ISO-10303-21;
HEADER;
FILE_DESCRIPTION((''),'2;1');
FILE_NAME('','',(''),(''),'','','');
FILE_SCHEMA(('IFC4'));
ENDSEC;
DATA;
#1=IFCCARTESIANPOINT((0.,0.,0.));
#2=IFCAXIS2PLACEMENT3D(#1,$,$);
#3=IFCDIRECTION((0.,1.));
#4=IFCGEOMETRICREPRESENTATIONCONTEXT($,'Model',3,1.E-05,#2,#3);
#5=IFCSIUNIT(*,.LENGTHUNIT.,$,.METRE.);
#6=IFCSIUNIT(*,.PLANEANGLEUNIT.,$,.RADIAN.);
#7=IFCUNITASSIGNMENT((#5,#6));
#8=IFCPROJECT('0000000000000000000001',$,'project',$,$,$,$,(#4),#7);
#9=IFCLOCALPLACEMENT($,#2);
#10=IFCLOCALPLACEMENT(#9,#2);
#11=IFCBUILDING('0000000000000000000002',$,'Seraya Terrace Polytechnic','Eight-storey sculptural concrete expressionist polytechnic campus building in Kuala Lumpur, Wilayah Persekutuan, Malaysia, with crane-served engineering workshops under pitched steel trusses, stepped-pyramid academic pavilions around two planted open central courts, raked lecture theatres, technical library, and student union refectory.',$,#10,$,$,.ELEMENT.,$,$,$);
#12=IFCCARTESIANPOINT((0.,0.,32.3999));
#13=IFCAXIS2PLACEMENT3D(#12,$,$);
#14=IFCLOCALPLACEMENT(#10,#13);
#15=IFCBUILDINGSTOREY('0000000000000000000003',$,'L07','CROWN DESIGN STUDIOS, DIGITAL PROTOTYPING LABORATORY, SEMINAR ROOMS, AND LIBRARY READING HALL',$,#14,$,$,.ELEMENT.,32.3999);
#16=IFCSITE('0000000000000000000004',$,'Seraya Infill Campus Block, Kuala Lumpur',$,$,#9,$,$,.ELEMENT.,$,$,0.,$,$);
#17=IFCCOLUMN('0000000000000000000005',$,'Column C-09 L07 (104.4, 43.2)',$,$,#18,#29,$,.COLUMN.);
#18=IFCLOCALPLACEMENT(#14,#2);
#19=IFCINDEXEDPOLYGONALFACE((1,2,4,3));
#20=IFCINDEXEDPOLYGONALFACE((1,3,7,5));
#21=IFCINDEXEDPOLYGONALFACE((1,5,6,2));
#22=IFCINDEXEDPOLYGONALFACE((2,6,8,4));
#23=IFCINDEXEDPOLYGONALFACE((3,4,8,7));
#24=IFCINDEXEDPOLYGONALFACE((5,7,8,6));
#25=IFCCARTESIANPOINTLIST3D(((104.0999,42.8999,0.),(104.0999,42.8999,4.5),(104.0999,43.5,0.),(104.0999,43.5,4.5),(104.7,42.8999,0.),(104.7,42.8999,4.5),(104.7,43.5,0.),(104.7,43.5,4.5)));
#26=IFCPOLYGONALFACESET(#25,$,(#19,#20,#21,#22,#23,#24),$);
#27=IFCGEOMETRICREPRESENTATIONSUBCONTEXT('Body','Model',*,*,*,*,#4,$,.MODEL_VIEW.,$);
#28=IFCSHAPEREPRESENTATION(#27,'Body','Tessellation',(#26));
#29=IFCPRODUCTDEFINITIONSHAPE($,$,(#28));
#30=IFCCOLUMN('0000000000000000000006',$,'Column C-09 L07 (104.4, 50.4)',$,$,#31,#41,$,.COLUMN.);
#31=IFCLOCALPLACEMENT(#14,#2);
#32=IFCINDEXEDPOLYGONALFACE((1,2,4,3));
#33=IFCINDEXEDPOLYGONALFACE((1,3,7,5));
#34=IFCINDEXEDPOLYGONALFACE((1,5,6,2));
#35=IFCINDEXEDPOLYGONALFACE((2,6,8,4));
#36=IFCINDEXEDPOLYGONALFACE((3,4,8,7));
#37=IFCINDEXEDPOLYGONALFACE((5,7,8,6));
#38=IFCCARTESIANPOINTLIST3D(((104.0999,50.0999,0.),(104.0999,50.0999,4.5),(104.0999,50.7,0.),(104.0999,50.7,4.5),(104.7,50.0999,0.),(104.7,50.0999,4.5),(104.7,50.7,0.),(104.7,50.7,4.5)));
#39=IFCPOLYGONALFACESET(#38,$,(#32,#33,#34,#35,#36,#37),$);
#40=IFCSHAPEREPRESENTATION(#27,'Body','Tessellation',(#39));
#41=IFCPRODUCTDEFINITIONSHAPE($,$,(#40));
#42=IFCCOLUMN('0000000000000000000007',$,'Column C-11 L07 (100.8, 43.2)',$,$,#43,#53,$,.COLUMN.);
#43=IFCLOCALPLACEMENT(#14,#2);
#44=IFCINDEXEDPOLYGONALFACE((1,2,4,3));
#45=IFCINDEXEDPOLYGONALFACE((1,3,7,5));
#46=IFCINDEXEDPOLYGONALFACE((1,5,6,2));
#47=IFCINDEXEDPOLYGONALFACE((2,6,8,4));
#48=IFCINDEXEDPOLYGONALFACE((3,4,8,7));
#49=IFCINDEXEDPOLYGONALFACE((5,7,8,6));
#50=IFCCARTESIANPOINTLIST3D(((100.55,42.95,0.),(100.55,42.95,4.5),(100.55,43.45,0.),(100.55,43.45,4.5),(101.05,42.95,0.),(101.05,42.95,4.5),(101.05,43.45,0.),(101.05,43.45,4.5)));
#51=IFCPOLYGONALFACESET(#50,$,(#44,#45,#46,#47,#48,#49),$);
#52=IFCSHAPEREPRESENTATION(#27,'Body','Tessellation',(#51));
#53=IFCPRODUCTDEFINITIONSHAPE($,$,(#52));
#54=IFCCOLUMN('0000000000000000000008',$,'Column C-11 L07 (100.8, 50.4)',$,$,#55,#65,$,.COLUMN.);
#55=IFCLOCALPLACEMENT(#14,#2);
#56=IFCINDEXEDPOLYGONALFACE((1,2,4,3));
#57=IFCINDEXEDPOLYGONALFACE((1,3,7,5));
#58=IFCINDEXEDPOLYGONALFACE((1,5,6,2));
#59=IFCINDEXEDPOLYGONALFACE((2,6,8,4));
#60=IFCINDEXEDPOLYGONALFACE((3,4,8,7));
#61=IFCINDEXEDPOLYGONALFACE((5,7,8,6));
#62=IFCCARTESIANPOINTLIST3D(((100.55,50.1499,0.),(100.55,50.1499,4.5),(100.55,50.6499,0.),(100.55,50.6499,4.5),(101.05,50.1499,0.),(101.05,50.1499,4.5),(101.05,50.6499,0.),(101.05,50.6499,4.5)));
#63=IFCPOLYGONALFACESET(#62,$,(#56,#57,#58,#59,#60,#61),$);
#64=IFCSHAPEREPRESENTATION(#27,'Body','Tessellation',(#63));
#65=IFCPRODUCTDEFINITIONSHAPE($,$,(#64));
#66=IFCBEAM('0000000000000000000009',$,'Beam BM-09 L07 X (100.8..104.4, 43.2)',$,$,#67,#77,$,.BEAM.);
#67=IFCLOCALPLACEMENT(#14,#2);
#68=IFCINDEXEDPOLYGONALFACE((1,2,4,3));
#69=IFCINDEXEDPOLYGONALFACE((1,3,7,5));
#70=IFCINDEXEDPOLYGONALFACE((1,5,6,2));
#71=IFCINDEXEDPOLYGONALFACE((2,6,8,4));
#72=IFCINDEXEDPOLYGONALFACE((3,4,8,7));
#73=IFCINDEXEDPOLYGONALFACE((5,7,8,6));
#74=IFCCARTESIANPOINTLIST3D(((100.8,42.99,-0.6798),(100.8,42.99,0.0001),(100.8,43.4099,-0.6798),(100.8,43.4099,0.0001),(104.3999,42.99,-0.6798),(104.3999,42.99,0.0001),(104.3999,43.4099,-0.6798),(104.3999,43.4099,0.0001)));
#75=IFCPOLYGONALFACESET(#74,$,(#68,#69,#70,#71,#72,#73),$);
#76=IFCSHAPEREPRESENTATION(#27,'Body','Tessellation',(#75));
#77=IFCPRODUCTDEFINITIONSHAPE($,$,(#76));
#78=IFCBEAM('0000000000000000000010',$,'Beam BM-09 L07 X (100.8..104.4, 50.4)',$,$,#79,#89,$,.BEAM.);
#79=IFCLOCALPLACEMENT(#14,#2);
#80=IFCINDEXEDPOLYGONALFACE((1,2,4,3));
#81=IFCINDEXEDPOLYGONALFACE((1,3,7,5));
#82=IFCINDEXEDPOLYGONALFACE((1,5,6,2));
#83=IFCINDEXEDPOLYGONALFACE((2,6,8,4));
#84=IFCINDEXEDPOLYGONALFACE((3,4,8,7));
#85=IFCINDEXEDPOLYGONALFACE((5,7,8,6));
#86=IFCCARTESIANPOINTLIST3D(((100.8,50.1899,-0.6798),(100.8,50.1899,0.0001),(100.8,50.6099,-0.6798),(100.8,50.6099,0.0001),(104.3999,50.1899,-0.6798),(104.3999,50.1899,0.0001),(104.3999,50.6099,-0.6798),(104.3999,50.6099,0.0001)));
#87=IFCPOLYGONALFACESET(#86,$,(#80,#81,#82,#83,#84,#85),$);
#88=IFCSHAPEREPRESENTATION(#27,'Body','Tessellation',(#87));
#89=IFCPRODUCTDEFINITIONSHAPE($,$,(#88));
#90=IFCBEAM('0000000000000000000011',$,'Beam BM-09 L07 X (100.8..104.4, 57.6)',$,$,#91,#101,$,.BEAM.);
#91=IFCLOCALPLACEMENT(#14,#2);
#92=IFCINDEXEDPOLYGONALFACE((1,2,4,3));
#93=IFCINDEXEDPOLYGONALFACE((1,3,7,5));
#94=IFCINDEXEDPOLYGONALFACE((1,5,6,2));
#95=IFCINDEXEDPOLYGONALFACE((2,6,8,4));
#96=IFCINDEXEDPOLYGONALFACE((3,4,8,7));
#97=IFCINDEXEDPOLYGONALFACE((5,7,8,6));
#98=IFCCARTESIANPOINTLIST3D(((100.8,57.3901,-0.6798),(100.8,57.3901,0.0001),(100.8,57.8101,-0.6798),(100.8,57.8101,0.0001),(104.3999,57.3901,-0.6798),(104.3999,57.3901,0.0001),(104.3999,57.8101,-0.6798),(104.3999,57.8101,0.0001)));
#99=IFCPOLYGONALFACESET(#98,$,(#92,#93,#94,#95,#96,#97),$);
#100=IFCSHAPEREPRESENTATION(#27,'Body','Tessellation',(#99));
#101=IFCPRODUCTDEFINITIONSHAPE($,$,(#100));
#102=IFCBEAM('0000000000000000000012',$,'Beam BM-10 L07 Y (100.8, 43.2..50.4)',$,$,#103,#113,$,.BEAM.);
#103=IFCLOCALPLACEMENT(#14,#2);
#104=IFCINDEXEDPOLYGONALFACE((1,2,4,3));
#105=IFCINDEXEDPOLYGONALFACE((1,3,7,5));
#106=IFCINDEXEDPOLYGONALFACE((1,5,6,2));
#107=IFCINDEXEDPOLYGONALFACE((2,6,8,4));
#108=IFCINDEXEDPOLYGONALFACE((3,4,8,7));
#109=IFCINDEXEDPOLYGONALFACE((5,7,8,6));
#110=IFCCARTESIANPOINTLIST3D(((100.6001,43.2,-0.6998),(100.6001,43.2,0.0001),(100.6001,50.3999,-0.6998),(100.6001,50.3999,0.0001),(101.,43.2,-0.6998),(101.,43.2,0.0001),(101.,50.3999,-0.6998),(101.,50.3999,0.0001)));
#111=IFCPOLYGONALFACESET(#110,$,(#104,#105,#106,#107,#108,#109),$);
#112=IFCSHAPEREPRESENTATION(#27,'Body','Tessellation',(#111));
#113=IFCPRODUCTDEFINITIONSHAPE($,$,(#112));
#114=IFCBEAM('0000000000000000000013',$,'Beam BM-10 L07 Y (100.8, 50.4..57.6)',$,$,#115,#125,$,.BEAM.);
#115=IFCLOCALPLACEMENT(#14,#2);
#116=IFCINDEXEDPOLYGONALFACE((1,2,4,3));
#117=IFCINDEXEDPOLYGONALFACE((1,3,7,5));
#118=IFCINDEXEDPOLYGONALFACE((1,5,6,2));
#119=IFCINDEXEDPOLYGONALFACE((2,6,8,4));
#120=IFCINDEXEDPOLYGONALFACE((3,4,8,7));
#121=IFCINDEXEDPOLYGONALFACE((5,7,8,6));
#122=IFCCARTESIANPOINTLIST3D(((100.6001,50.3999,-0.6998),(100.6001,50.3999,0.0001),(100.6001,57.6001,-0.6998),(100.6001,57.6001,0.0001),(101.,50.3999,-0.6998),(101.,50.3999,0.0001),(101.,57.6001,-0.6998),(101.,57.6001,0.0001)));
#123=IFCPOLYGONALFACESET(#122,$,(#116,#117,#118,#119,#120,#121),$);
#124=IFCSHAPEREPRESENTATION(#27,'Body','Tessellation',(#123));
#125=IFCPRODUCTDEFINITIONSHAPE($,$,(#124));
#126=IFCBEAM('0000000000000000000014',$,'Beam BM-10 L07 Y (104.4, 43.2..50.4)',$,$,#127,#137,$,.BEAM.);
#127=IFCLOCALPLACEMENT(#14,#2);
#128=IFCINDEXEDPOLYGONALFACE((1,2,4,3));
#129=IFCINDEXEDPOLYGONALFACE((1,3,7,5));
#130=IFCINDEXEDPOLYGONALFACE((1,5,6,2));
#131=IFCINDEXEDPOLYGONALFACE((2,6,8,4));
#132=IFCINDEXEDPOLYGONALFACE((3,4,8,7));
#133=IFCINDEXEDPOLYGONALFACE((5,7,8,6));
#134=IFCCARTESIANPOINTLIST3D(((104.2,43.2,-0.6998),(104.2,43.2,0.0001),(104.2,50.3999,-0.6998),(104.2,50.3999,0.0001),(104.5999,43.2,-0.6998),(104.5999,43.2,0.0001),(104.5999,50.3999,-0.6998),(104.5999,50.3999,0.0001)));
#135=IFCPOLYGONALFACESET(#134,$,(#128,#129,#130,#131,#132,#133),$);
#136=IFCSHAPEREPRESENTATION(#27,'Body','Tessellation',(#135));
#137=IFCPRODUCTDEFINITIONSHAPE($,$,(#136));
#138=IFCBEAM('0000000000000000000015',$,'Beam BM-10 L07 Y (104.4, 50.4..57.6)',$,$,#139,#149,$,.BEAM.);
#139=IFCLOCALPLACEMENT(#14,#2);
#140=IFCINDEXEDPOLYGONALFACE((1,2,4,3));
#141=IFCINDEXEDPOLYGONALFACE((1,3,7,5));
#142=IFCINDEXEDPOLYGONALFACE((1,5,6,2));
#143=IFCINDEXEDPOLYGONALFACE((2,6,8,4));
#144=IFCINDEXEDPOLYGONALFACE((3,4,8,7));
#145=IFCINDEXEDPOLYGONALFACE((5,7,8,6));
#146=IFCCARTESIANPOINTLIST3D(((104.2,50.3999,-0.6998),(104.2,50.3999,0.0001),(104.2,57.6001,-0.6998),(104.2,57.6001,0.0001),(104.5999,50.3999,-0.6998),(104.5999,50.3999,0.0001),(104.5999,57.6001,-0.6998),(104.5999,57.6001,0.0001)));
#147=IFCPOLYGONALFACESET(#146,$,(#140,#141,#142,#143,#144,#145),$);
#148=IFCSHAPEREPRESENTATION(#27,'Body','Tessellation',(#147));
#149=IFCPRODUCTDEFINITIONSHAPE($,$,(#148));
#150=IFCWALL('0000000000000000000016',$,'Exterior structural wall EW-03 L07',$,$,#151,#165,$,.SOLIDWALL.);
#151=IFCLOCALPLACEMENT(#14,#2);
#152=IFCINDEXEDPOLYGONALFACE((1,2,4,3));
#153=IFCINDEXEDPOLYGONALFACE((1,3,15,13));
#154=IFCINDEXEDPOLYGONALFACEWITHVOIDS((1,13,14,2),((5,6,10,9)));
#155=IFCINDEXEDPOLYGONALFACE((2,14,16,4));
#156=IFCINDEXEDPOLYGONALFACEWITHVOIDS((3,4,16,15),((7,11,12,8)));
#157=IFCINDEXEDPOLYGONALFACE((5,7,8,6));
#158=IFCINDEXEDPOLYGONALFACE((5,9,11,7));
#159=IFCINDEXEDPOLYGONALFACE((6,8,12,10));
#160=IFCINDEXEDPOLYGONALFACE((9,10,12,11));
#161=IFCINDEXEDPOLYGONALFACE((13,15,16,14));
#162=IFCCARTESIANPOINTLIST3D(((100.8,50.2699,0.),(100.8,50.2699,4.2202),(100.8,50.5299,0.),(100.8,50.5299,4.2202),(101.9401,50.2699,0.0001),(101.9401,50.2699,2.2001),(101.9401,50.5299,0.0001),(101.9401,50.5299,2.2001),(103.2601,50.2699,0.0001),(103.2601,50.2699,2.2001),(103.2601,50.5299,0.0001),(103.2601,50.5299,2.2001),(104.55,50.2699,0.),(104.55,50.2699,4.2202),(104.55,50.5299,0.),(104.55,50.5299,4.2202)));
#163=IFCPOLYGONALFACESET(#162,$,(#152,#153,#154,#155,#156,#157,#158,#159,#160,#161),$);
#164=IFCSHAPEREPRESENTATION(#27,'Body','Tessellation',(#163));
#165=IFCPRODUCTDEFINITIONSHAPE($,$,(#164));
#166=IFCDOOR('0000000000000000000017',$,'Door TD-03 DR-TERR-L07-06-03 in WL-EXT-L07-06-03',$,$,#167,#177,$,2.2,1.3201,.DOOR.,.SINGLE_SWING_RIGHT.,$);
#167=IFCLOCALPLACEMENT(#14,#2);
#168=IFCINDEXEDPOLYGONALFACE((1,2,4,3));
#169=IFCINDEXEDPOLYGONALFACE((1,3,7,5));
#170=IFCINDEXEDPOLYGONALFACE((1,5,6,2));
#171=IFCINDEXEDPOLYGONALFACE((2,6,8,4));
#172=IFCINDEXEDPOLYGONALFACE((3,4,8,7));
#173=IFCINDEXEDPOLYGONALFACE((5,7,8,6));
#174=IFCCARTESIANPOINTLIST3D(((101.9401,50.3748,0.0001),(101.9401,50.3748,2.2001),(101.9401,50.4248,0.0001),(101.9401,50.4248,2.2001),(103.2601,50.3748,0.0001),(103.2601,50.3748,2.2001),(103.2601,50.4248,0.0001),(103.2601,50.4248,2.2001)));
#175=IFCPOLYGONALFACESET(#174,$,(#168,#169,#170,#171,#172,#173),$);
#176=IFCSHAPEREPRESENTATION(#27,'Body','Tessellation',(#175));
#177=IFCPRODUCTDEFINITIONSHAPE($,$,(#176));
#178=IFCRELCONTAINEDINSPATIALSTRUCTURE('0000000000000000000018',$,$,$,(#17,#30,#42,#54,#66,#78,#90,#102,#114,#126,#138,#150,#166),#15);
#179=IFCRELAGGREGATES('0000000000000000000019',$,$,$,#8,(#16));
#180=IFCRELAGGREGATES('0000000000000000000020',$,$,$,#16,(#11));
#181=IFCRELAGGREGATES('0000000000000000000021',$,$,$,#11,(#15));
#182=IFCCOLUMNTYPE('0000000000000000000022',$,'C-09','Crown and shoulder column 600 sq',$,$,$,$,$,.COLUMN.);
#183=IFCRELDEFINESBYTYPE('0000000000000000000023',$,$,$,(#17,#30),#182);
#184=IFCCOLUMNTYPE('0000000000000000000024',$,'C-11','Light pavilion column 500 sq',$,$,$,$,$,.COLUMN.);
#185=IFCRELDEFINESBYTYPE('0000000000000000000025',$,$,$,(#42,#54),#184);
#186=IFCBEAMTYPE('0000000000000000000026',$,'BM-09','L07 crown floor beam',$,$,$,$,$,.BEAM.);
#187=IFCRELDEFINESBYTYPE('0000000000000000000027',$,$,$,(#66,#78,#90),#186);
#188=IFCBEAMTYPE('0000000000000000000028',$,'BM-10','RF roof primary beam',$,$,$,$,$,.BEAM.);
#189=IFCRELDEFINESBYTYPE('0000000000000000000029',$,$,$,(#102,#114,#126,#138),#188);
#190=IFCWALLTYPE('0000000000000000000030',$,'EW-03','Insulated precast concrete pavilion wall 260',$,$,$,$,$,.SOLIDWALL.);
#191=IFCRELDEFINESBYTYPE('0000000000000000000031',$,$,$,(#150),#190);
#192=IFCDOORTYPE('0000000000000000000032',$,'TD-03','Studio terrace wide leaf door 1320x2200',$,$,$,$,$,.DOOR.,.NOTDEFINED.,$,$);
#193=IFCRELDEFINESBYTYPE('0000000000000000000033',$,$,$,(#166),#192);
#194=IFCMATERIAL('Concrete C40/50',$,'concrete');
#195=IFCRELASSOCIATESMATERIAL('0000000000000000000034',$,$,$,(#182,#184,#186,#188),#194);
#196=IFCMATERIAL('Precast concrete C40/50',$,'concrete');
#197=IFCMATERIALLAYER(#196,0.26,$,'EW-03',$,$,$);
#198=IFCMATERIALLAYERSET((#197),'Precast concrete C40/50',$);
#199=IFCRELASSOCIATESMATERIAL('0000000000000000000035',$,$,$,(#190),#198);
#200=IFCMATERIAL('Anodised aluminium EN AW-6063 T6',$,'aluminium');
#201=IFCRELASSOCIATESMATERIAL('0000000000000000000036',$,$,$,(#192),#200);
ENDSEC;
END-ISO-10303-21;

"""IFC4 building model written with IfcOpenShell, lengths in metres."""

from ifc_helpers import new_model, si_unit, direction, frame, frame_2d, origin, origin_2d, place, context, subcontext, project, spatial, rectangle, extrude, material, layer, layer_set, material_profile, profile_set, type_object, element, fill, save


model = new_model("IFC4")

# Units and contexts
model_context = context("Model", 3, precision=1e-05, world=origin(), true_north=direction((0.0, 1.0)))
body_context = subcontext(model_context, "Body", "Model", "MODEL_VIEW")
ifc_project = project(units=[si_unit("LENGTHUNIT", "METRE"), si_unit("PLANEANGLEUNIT", "RADIAN")], contexts=[model_context])

# Site, building, storey
site_placement = place(None, origin())
site = spatial("IfcSite", under=ifc_project, at=site_placement, Name="Seraya Infill Campus Block, Kuala Lumpur", CompositionType="ELEMENT", RefElevation=0.0)
building_placement = place(site_placement, origin())
building = spatial("IfcBuilding", under=site, at=building_placement, Name="Seraya Terrace Polytechnic", Description="Eight-storey sculptural concrete expressionist polytechnic campus building in Kuala Lumpur, Wilayah Persekutuan, Malaysia, with crane-served engineering workshops under pitched steel trusses, stepped-pyramid academic pavilions around two planted open central courts, raked lecture theatres, technical library, and student union refectory.", CompositionType="ELEMENT")
storey_placement = place(building_placement, frame((0.0, 0.0, 32.3999)))
storey = spatial("IfcBuildingStorey", under=building, at=storey_placement, Name="L07", Description="CROWN DESIGN STUDIOS, DIGITAL PROTOTYPING LABORATORY, SEMINAR ROOMS, AND LIBRARY READING HALL", CompositionType="ELEMENT", Elevation=32.3999)

# Columns
ifc_material_1 = material(Name="Concrete C40/50", Category="concrete")
ifc_material_profile_1 = material_profile(ifc_material_1, rectangle(XDim=0.6001, YDim=0.6001, at=origin_2d()), Name="RC 600x600")
ifc_profile_set_1 = profile_set([ifc_material_profile_1], Name="Concrete C40/50")
column_type_1 = type_object("IfcColumnType", Name="C-09", Description="Crown and shoulder column 600 sq", PredefinedType="COLUMN", material=ifc_profile_set_1)
for number, where, z_axis, x_axis, name in (
    (1, (104.3999, 43.2, 0.0), (0.0, 0.0, 1.0), (1.0, 0.0, 0.0), "Column C-09 L07 (104.4, 43.2)"),
    (2, (104.3999, 50.3999, 0.0), (0.0, 0.0, 1.0), (1.0, 0.0, 0.0), "Column C-09 L07 (104.4, 50.4)"),
):
    element("IfcColumn", number, at=place(storey_placement, frame(where, z_axis=z_axis, x_axis=x_axis)), inside=storey, type_object=column_type_1, Name=name, PredefinedType="COLUMN", context=body_context, shape_type="SweptSolid", body=[
        extrude(rectangle(XDim=0.6001, YDim=0.6001, at=origin_2d()), origin(), (0.0, 0.0, 1.0), 4.5),
    ])
ifc_material_profile_2 = material_profile(ifc_material_1, rectangle(XDim=0.5, YDim=0.5, at=origin_2d()), Name="RC 500x500")
ifc_profile_set_2 = profile_set([ifc_material_profile_2], Name="Concrete C40/50")
column_type_2 = type_object("IfcColumnType", Name="C-11", Description="Light pavilion column 500 sq", PredefinedType="COLUMN", material=ifc_profile_set_2)
for number, where, z_axis, x_axis, name in (
    (3, (100.8, 43.2, 0.0), (0.0, 0.0, 1.0), (1.0, 0.0, 0.0), "Column C-11 L07 (100.8, 43.2)"),
    (4, (100.8, 50.3999, 0.0), (0.0, 0.0, 1.0), (1.0, 0.0, 0.0), "Column C-11 L07 (100.8, 50.4)"),
):
    element("IfcColumn", number, at=place(storey_placement, frame(where, z_axis=z_axis, x_axis=x_axis)), inside=storey, type_object=column_type_2, Name=name, PredefinedType="COLUMN", context=body_context, shape_type="SweptSolid", body=[
        extrude(rectangle(XDim=0.5, YDim=0.5, at=origin_2d()), origin(), (0.0, 0.0, 1.0), 4.5),
    ])

# Beams
ifc_material_profile_3 = material_profile(ifc_material_1, rectangle(XDim=0.4199, YDim=0.6799, at=origin_2d()), Name="RC 420x680")
ifc_profile_set_3 = profile_set([ifc_material_profile_3], Name="Concrete C40/50")
beam_type_1 = type_object("IfcBeamType", Name="BM-09", Description="L07 crown floor beam", PredefinedType="BEAM", material=ifc_profile_set_3)
for number, where, z_axis, x_axis, name in (
    (5, (100.8, 43.2, -0.3398), (1.0, 0.0, 0.0), (0.0, 1.0, 0.0), "Beam BM-09 L07 X (100.8..104.4, 43.2)"),
    (6, (100.8, 50.3999, -0.3398), (1.0, 0.0, 0.0), (0.0, 1.0, 0.0), "Beam BM-09 L07 X (100.8..104.4, 50.4)"),
    (7, (100.8, 57.6001, -0.3398), (1.0, 0.0, 0.0), (0.0, 1.0, 0.0), "Beam BM-09 L07 X (100.8..104.4, 57.6)"),
):
    element("IfcBeam", number, at=place(storey_placement, frame(where, z_axis=z_axis, x_axis=x_axis)), inside=storey, type_object=beam_type_1, Name=name, PredefinedType="BEAM", context=body_context, shape_type="SweptSolid", body=[
        extrude(rectangle(XDim=0.4199, YDim=0.6799, at=origin_2d()), origin(), (0.0, 0.0, 1.0), 3.5999),
    ])
ifc_material_profile_4 = material_profile(ifc_material_1, rectangle(XDim=0.3999, YDim=0.7, at=origin_2d()), Name="RC 400x700")
ifc_profile_set_4 = profile_set([ifc_material_profile_4], Name="Concrete C40/50")
beam_type_2 = type_object("IfcBeamType", Name="BM-10", Description="RF roof primary beam", PredefinedType="BEAM", material=ifc_profile_set_4)
beam_1_placement = place(storey_placement, frame((100.8, 43.2, -0.3499), z_axis=(0.0, 1.0, 0.0), x_axis=(-1.0, 0.0, 0.0)))
element("IfcBeam", 8, at=beam_1_placement, inside=storey, type_object=beam_type_2, Name="Beam BM-10 L07 Y (100.8, 43.2..50.4)", PredefinedType="BEAM", context=body_context, shape_type="SweptSolid", body=[
    extrude(rectangle(XDim=0.3999, YDim=0.7, at=origin_2d()), origin(), (0.0, 0.0, 1.0), 7.2),
])
beam_2_placement = place(storey_placement, frame((100.8, 50.3999, -0.3499), z_axis=(0.0, 1.0, 0.0), x_axis=(-1.0, 0.0, 0.0)))
element("IfcBeam", 9, at=beam_2_placement, inside=storey, type_object=beam_type_2, Name="Beam BM-10 L07 Y (100.8, 50.4..57.6)", PredefinedType="BEAM", context=body_context, shape_type="SweptSolid", body=[
    extrude(rectangle(XDim=0.3999, YDim=0.7, at=origin_2d()), origin(), (0.0, 0.0, 1.0), 7.2002),
])
beam_3_placement = place(storey_placement, frame((104.3999, 43.2, -0.3499), z_axis=(0.0, 1.0, 0.0), x_axis=(-1.0, 0.0, 0.0)))
element("IfcBeam", 10, at=beam_3_placement, inside=storey, type_object=beam_type_2, Name="Beam BM-10 L07 Y (104.4, 43.2..50.4)", PredefinedType="BEAM", context=body_context, shape_type="SweptSolid", body=[
    extrude(rectangle(XDim=0.3999, YDim=0.7, at=origin_2d()), origin(), (0.0, 0.0, 1.0), 7.2),
])
beam_4_placement = place(storey_placement, frame((104.3999, 50.3999, -0.3499), z_axis=(0.0, 1.0, 0.0), x_axis=(-1.0, 0.0, 0.0)))
element("IfcBeam", 11, at=beam_4_placement, inside=storey, type_object=beam_type_2, Name="Beam BM-10 L07 Y (104.4, 50.4..57.6)", PredefinedType="BEAM", context=body_context, shape_type="SweptSolid", body=[
    extrude(rectangle(XDim=0.3999, YDim=0.7, at=origin_2d()), origin(), (0.0, 0.0, 1.0), 7.2002),
])

# Wall, opening, door
ifc_material_2 = material(Name="Precast concrete C40/50", Category="concrete")
ifc_layer_1 = layer(ifc_material_2, 0.26, Name="EW-03")
ifc_layer_set_1 = layer_set([ifc_layer_1], Name="Precast concrete C40/50")
wall_type_1 = type_object("IfcWallType", Name="EW-03", Description="Insulated precast concrete pavilion wall 260", PredefinedType="SOLIDWALL", material=ifc_layer_set_1)
wall_1_placement = place(storey_placement, frame((100.8, 50.3999, 0.0), z_axis=(0.0, 0.0, 1.0), x_axis=(1.0, 0.0, 0.0)))
wall_1 = element("IfcWall", 12, at=wall_1_placement, inside=storey, type_object=wall_type_1, Name="Exterior structural wall EW-03 L07", PredefinedType="SOLIDWALL", context=body_context, shape_type="SweptSolid", body=[
    extrude(rectangle(XDim=3.75, YDim=0.26, at=frame_2d((1.875, 0.0))), origin(), (0.0, 0.0, 1.0), 4.2202),
])
opening_1_placement = place(wall_1_placement, frame((1.1399, 0.0, 0.0)))
opening_1 = element("IfcOpeningElement", 13, at=opening_1_placement, cuts=wall_1, PredefinedType="OPENING", context=body_context, shape_type="SweptSolid", body=[
    extrude(rectangle(XDim=1.3201, YDim=2.2, at=frame_2d((0.6602, 1.1001))), frame((0.0, 0.1421, 0.0), z_axis=(0.0, -1.0, 0.0), x_axis=(1.0, 0.0, 0.0)), (0.0, 0.0, 1.0), 0.2839),
])
ifc_material_3 = material(Name="Anodised aluminium EN AW-6063 T6", Category="aluminium")
door_type = type_object("IfcDoorType", Name="TD-03", Description="Studio terrace wide leaf door 1320x2200", OperationType="NOTDEFINED", PredefinedType="DOOR", material=ifc_material_3)
door_placement = place(opening_1_placement, origin())
door = element("IfcDoor", 14, at=door_placement, inside=storey, type_object=door_type, Name="Door TD-03 DR-TERR-L07-06-03 in WL-EXT-L07-06-03", OperationType="SINGLE_SWING_RIGHT", OverallHeight=2.2, OverallWidth=1.3201, PredefinedType="DOOR", context=body_context, shape_type="SweptSolid", body=[
    extrude(rectangle(XDim=1.3201, YDim=2.2, at=frame_2d((0.6602, 1.1001))), frame((0.0, 0.0249, 0.0), z_axis=(0.0, -1.0, 0.0), x_axis=(1.0, 0.0, 0.0)), (0.0, 0.0, 1.0), 0.05),
])
fill(opening_1, door)

save(model, "model.ifc")
